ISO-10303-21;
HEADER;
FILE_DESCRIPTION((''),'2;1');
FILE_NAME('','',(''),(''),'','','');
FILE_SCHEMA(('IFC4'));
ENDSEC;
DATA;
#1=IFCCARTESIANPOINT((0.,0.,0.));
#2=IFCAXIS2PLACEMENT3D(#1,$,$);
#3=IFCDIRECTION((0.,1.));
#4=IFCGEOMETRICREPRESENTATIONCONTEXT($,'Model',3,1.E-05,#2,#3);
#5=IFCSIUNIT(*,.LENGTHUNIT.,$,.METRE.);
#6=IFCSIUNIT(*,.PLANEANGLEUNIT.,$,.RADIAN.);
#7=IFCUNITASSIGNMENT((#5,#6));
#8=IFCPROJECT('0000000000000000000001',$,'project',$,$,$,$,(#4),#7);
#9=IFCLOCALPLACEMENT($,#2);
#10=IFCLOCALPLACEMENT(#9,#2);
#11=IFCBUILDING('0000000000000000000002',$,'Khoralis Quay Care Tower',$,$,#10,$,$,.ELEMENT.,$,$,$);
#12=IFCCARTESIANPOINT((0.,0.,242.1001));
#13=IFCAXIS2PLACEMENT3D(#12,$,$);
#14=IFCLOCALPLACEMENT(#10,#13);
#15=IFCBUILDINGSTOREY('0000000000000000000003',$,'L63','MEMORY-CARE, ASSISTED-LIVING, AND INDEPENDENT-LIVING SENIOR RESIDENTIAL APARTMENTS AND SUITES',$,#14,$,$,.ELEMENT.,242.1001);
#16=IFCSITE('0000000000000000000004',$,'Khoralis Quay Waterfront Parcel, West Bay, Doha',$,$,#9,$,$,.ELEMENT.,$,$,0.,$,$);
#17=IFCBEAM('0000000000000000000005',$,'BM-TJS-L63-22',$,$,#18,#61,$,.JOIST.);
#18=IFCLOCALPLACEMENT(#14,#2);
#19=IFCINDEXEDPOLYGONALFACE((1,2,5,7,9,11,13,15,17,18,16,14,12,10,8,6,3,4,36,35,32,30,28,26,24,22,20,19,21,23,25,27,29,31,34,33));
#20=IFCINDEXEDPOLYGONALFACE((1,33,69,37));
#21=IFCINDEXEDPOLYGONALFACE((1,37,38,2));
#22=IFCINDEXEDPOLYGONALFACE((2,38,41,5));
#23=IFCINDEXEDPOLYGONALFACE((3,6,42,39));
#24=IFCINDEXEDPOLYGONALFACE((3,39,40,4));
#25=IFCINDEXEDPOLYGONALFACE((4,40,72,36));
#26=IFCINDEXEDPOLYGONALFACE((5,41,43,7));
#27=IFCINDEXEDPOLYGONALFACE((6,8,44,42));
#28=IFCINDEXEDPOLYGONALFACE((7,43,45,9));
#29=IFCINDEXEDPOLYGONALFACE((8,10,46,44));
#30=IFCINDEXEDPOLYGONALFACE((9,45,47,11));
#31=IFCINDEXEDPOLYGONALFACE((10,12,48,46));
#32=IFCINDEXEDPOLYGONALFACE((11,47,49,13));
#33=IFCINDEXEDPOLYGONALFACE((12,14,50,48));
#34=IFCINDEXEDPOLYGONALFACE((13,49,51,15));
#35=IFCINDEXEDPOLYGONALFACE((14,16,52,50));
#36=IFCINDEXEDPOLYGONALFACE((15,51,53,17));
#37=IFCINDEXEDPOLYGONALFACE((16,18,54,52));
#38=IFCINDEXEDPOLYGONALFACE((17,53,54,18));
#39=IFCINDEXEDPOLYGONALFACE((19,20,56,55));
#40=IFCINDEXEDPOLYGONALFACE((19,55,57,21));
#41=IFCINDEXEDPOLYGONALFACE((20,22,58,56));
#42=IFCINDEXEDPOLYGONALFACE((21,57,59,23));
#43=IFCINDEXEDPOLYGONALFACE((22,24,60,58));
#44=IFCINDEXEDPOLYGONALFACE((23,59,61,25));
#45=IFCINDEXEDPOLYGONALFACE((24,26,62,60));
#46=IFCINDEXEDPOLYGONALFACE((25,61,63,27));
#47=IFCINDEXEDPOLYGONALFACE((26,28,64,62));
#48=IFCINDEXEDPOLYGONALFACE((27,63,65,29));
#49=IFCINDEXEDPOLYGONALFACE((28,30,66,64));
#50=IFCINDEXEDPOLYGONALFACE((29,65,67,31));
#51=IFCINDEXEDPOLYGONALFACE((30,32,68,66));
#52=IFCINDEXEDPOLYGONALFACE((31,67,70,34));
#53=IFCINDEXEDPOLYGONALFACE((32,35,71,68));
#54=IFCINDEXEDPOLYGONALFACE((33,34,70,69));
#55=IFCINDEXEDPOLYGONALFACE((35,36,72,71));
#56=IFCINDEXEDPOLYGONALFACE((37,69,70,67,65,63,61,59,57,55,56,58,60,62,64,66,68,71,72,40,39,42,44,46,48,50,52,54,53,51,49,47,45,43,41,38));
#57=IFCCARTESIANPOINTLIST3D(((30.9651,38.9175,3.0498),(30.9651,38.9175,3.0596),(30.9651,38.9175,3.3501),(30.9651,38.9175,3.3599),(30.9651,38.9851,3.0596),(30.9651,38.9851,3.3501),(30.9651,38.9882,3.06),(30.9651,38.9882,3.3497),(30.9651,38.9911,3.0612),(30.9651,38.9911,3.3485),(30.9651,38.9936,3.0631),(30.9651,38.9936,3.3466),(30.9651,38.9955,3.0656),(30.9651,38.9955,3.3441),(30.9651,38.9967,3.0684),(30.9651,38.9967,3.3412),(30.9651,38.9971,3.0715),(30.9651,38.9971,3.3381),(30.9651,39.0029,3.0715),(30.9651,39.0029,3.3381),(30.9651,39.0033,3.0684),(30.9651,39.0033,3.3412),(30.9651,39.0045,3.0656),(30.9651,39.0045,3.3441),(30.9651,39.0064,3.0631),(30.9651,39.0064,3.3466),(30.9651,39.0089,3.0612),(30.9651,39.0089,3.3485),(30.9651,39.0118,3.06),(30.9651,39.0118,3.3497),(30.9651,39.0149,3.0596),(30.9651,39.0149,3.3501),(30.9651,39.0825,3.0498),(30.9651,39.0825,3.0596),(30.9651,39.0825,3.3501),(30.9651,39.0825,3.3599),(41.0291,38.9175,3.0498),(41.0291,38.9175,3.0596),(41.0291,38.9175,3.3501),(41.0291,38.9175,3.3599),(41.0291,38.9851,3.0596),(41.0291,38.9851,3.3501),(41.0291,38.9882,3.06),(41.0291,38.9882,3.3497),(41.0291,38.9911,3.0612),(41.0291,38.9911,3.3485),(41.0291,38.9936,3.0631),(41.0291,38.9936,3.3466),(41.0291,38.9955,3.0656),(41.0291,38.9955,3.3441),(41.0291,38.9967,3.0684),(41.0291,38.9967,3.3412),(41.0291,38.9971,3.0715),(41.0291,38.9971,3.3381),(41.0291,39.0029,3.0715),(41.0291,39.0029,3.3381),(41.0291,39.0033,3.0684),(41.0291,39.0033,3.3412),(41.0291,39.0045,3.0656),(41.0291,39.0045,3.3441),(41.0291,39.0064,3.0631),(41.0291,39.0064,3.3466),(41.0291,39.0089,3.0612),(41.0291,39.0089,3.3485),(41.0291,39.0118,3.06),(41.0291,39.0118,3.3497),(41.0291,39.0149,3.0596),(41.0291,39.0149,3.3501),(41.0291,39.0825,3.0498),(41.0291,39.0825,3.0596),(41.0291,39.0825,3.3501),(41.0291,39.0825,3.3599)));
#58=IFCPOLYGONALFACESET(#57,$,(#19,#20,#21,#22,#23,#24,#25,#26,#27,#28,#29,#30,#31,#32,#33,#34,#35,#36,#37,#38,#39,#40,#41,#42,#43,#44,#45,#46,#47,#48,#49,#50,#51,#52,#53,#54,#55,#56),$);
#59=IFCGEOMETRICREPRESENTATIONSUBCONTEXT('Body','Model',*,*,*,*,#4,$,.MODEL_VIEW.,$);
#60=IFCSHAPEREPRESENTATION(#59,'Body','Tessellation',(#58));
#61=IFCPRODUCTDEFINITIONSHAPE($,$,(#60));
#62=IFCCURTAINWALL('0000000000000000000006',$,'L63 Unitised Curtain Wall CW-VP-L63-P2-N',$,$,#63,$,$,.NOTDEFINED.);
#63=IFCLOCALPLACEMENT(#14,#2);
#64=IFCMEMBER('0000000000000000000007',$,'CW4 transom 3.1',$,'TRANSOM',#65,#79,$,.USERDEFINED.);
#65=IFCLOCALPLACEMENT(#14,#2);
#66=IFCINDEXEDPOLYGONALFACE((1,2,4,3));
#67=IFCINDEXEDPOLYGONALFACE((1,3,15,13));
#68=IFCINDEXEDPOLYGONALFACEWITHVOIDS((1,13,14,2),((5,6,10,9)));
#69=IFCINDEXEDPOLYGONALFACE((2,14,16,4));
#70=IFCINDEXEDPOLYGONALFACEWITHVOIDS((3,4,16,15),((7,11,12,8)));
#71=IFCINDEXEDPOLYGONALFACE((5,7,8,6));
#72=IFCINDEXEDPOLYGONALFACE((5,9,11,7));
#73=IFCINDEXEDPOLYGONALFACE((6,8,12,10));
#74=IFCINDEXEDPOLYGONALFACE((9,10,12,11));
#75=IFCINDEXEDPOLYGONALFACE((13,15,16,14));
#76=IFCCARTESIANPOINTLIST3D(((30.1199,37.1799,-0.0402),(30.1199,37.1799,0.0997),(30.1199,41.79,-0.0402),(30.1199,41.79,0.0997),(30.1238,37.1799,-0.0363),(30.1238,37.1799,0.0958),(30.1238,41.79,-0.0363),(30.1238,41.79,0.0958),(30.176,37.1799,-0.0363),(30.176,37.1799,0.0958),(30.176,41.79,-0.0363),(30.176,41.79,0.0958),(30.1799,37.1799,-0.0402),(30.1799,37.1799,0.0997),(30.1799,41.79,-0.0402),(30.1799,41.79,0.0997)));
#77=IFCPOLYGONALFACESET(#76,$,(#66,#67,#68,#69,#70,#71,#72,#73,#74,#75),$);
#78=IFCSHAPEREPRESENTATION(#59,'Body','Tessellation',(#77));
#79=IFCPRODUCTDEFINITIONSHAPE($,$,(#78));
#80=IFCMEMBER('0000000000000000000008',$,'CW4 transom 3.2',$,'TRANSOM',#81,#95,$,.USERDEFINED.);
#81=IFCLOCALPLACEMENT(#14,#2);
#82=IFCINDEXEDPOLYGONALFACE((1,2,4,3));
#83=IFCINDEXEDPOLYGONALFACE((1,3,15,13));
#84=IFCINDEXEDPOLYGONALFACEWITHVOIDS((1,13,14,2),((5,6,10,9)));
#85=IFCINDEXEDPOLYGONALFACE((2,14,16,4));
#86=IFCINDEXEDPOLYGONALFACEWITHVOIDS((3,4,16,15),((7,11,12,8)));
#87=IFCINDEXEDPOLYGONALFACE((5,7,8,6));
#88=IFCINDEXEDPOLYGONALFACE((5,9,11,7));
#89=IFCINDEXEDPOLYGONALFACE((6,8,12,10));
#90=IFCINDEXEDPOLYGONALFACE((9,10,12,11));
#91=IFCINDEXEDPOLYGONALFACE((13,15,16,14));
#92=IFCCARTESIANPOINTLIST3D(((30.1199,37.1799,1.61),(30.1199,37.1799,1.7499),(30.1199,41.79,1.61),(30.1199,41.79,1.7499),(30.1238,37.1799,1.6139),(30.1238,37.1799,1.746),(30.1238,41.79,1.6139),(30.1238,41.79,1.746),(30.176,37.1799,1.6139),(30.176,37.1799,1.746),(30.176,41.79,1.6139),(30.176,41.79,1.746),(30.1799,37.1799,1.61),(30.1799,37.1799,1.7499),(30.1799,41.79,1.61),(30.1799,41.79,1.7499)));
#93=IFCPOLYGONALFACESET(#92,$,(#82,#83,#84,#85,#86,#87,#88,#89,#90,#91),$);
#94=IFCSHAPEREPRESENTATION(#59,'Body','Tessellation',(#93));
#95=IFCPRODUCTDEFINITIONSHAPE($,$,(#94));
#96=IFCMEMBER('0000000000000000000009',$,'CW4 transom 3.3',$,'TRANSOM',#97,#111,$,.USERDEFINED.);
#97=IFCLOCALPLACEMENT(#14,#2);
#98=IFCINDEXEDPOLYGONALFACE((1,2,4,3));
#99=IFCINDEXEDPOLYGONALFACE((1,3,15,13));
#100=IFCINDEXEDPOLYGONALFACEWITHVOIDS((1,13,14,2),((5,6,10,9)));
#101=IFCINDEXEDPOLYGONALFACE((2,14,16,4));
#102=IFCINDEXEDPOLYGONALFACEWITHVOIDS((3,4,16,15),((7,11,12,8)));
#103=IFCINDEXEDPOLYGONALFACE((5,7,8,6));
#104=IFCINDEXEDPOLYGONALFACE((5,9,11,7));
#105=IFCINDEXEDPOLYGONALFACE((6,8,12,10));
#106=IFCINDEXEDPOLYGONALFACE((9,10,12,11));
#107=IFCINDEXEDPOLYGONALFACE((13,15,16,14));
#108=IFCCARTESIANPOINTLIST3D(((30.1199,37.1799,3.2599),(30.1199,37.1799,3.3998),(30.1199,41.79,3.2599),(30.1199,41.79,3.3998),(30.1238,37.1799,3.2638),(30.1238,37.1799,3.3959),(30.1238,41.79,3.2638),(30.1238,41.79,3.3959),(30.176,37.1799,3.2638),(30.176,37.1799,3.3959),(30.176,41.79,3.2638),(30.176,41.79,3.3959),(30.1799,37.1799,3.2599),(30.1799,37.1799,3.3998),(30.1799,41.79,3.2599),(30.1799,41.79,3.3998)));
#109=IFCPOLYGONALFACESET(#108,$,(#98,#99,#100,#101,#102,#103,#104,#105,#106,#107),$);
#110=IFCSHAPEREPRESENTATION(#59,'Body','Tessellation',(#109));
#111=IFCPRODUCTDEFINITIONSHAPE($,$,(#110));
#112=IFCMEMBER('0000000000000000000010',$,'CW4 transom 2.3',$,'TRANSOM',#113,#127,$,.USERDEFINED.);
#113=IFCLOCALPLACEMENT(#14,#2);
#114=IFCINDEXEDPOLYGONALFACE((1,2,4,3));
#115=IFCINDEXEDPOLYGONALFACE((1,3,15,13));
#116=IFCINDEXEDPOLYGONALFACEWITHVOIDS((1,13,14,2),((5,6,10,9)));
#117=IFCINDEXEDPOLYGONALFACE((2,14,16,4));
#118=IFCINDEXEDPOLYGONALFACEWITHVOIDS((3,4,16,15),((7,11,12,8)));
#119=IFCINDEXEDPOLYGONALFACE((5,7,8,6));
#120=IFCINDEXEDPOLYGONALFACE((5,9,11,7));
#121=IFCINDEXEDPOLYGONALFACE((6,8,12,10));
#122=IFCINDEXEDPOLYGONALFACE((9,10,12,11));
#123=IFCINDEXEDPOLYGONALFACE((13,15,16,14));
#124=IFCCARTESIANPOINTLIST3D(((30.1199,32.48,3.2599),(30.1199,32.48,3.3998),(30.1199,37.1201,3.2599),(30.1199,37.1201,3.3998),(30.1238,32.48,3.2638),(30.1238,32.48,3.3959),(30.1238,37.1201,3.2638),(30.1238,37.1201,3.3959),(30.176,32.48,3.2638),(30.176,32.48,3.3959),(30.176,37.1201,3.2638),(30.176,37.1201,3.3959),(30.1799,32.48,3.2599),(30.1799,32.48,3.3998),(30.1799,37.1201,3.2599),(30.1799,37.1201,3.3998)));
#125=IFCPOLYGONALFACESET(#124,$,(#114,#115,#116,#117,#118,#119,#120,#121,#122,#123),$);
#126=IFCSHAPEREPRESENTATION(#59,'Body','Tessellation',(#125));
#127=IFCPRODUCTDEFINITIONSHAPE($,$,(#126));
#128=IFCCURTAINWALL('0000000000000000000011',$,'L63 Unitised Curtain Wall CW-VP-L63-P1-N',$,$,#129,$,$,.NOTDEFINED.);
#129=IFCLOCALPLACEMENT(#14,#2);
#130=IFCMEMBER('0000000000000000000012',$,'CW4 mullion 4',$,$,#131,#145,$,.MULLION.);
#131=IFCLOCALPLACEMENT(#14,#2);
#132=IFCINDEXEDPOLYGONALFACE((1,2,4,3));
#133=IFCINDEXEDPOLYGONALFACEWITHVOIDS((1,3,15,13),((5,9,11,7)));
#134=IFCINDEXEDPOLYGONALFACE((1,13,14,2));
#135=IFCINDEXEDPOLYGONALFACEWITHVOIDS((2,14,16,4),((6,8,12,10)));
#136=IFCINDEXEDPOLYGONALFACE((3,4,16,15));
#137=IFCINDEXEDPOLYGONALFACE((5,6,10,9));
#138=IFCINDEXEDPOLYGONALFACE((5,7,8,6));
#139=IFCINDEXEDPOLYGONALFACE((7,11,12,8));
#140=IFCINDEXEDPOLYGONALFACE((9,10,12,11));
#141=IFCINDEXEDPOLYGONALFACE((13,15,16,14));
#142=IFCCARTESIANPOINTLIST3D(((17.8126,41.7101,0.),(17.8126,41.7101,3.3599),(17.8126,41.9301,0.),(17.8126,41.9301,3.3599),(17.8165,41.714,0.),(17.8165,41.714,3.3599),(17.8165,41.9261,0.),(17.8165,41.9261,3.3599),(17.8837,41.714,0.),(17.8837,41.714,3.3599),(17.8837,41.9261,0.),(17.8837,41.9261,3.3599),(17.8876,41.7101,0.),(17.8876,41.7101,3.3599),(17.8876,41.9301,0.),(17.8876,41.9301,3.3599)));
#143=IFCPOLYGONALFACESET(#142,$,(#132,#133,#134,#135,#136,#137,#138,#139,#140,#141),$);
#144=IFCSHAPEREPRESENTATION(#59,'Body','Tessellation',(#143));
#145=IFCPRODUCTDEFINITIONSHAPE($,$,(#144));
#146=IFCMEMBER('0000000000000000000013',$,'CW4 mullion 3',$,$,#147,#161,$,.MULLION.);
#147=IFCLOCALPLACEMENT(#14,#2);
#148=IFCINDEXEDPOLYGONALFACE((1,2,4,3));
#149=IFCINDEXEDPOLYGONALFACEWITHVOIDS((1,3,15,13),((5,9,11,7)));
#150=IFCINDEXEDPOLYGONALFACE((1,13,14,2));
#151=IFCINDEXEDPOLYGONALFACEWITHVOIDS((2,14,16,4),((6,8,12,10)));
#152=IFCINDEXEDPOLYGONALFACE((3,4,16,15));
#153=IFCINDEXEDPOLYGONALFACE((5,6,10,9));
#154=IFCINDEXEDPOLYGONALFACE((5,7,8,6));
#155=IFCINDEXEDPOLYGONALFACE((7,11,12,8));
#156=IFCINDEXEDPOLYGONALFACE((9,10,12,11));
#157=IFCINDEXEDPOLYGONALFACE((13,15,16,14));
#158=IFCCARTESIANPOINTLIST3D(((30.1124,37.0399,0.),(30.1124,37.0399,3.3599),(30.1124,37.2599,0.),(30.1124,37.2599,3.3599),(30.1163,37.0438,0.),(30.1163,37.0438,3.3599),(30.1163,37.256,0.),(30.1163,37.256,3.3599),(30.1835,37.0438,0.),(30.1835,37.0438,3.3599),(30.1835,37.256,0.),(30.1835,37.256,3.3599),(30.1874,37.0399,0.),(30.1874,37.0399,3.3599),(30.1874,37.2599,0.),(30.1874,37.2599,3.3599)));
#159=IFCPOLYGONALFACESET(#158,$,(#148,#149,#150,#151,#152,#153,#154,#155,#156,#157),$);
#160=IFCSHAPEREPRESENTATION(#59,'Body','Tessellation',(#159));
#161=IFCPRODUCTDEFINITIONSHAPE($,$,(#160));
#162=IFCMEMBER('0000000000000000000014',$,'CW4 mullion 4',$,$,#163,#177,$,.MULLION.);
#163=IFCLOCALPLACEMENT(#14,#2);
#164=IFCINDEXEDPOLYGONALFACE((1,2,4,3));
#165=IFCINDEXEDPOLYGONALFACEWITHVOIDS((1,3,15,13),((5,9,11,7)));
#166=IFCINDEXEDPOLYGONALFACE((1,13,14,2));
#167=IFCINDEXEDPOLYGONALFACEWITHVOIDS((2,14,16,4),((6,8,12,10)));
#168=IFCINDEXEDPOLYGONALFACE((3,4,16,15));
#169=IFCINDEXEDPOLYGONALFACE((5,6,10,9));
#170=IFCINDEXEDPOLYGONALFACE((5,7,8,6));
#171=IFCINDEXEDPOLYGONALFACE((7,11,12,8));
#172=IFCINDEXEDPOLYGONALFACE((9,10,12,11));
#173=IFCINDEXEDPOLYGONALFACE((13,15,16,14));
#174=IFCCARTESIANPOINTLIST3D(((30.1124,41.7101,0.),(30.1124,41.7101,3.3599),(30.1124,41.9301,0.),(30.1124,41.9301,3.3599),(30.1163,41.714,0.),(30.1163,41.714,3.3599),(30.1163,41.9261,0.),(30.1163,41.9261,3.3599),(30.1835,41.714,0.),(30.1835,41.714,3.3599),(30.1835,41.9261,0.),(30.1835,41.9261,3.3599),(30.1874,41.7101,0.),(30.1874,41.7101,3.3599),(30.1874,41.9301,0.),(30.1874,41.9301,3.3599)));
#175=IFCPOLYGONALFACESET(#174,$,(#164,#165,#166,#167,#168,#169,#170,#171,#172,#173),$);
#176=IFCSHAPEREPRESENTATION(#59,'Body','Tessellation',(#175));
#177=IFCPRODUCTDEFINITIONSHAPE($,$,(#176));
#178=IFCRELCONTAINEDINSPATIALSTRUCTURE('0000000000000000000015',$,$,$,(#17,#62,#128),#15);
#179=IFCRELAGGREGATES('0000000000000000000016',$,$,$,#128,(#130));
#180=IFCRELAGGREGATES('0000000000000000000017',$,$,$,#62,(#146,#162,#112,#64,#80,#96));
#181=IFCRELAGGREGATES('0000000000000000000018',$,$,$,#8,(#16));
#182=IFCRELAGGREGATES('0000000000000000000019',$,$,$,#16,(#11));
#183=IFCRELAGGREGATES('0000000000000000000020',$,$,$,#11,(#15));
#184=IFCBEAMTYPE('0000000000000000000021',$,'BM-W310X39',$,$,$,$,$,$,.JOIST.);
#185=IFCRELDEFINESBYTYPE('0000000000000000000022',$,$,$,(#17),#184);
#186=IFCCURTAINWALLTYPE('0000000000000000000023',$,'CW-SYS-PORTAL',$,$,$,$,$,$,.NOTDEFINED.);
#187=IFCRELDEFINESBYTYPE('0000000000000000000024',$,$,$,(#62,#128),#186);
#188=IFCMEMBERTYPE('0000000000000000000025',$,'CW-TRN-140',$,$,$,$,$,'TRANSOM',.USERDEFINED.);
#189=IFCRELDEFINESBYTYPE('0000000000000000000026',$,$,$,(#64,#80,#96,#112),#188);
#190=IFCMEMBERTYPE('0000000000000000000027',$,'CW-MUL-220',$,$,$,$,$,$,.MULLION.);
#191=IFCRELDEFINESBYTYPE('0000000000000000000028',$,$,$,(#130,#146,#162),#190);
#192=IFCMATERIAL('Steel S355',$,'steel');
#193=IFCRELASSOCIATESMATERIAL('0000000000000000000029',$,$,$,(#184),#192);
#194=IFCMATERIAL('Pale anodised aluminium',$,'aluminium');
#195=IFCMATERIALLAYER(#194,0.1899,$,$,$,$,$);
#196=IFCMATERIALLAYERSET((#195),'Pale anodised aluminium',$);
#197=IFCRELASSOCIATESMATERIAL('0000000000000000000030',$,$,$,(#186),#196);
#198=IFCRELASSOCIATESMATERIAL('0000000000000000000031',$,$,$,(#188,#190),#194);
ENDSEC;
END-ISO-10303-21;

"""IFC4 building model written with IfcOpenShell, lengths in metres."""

from ifc_helpers import new_model, si_unit, direction, frame, origin, origin_2d, place, context, subcontext, project, spatial, hollow_rectangle, i_section, extrude, source, transform, mapped, material, layer, layer_set, material_profile, profile_set, type_object, element, aggregate, save


model = new_model("IFC4")

# Units and contexts
model_context = context("Model", 3, precision=1e-05, world=origin(), true_north=direction((0.0, 1.0)))
body_context = subcontext(model_context, "Body", "Model", "MODEL_VIEW")
ifc_project = project(units=[si_unit("LENGTHUNIT", "METRE"), si_unit("PLANEANGLEUNIT", "RADIAN")], contexts=[model_context])

# Site, building, storey
site_placement = place(None, origin())
site = spatial("IfcSite", under=ifc_project, at=site_placement, Name="Khoralis Quay Waterfront Parcel, West Bay, Doha", CompositionType="ELEMENT", RefElevation=0.0)
building_placement = place(site_placement, origin())
building = spatial("IfcBuilding", under=site, at=building_placement, Name="Khoralis Quay Care Tower", CompositionType="ELEMENT")
storey_placement = place(building_placement, frame((0.0, 0.0, 242.1001)))
storey = spatial("IfcBuildingStorey", under=building, at=storey_placement, Name="L63", Description="MEMORY-CARE, ASSISTED-LIVING, AND INDEPENDENT-LIVING SENIOR RESIDENTIAL APARTMENTS AND SUITES", CompositionType="ELEMENT", Elevation=242.1001)

# Beam
ifc_material_1 = material(Name="Steel S355", Category="steel")
ifc_material_profile_1 = material_profile(ifc_material_1, i_section(OverallWidth=0.165, OverallDepth=0.3101, WebThickness=0.0059, FlangeThickness=0.0098, FilletRadius=0.012, at=origin_2d()), Name="Steel S355")
ifc_profile_set_1 = profile_set([ifc_material_profile_1], Name="Steel S355")
beam_type_1 = type_object("IfcBeamType", Name="BM-W310X39", PredefinedType="JOIST", material=ifc_profile_set_1)
shared_shape_1 = source(origin(), body_context, "Body", "SweptSolid", [
    extrude(i_section(OverallWidth=0.165, OverallDepth=0.3101, WebThickness=0.0059, FlangeThickness=0.0098, FilletRadius=0.012, at=origin_2d()), origin(), (0.0, 0.0, 1.0), 10.064),
])
for number, where, z_axis, x_axis, name in (
    (1, (30.9651, 39.0, 3.2048), (1.0, 0.0, 0.0), (0.0, 1.0, 0.0), "BM-TJS-L63-22"),
):
    element("IfcBeam", number, at=place(storey_placement, frame(where, z_axis=z_axis, x_axis=x_axis)), inside=storey, type_object=beam_type_1, Name=name, PredefinedType="JOIST", context=body_context, shape_type="MappedRepresentation", body=[
        mapped(shared_shape_1, transform((0.0, 0.0, 0.0), scale=1.0)),
    ])

# Curtain wall, members
ifc_material_2 = material(Name="Pale anodised aluminium", Category="aluminium")
ifc_layer_1 = layer(ifc_material_2, 0.1899)
ifc_layer_set_1 = layer_set([ifc_layer_1], Name="Pale anodised aluminium")
curtain_wall_type = type_object("IfcCurtainWallType", Name="CW-SYS-PORTAL", PredefinedType="NOTDEFINED", material=ifc_layer_set_1)
curtain_wall_1_placement = place(storey_placement, origin())
curtain_wall_1 = element("IfcCurtainWall", 2, at=curtain_wall_1_placement, inside=storey, type_object=curtain_wall_type, Name="L63 Unitised Curtain Wall CW-VP-L63-P2-N", PredefinedType="NOTDEFINED")
ifc_material_profile_2 = material_profile(ifc_material_2, hollow_rectangle(XDim=0.0601, YDim=0.1399, WallThickness=0.0039, at=origin_2d()), Name="Pale anodised aluminium")
ifc_profile_set_2 = profile_set([ifc_material_profile_2], Name="Pale anodised aluminium")
member_type_1 = type_object("IfcMemberType", Name="CW-TRN-140", ElementType="TRANSOM", PredefinedType="USERDEFINED", material=ifc_profile_set_2)
shared_shape_2 = source(origin(), body_context, "Body", "SweptSolid", [
    extrude(hollow_rectangle(XDim=0.0601, YDim=0.1399, WallThickness=0.0039, at=origin_2d()), origin(), (0.0, 0.0, 1.0), 4.6101),
])
member_1_placement = place(storey_placement, frame((30.1499, 37.1799, 0.0298), z_axis=(0.0, 1.0, 0.0), x_axis=(-1.0, 0.0, 0.0)))
member_1 = element("IfcMember", 3, at=member_1_placement, type_object=member_type_1, Name="CW4 transom 3.1", ObjectType="TRANSOM", PredefinedType="USERDEFINED", context=body_context, shape_type="MappedRepresentation", body=[
    mapped(shared_shape_2, transform((0.0, 0.0, 0.0), scale=1.0)),
])
member_2_placement = place(storey_placement, frame((30.1499, 37.1799, 1.6799), z_axis=(0.0, 1.0, 0.0), x_axis=(-1.0, 0.0, 0.0)))
member_2 = element("IfcMember", 4, at=member_2_placement, type_object=member_type_1, Name="CW4 transom 3.2", ObjectType="TRANSOM", PredefinedType="USERDEFINED", context=body_context, shape_type="MappedRepresentation", body=[
    mapped(shared_shape_2, transform((0.0, 0.0, 0.0), scale=1.0)),
])
member_3_placement = place(storey_placement, frame((30.1499, 37.1799, 3.3298), z_axis=(0.0, 1.0, 0.0), x_axis=(-1.0, 0.0, 0.0)))
member_3 = element("IfcMember", 5, at=member_3_placement, type_object=member_type_1, Name="CW4 transom 3.3", ObjectType="TRANSOM", PredefinedType="USERDEFINED", context=body_context, shape_type="MappedRepresentation", body=[
    mapped(shared_shape_2, transform((0.0, 0.0, 0.0), scale=1.0)),
])
shared_shape_3 = source(origin(), body_context, "Body", "SweptSolid", [
    extrude(hollow_rectangle(XDim=0.0601, YDim=0.1399, WallThickness=0.0039, at=origin_2d()), origin(), (0.0, 0.0, 1.0), 4.6401),
])
member_4_placement = place(storey_placement, frame((30.1499, 32.48, 3.3298), z_axis=(0.0, 1.0, 0.0), x_axis=(-1.0, 0.0, 0.0)))
member_4 = element("IfcMember", 6, at=member_4_placement, type_object=member_type_1, Name="CW4 transom 2.3", ObjectType="TRANSOM", PredefinedType="USERDEFINED", context=body_context, shape_type="MappedRepresentation", body=[
    mapped(shared_shape_3, transform((0.0, 0.0, 0.0), scale=1.0)),
])

# Curtain wall, member
curtain_wall_2_placement = place(storey_placement, origin())
curtain_wall_2 = element("IfcCurtainWall", 7, at=curtain_wall_2_placement, inside=storey, type_object=curtain_wall_type, Name="L63 Unitised Curtain Wall CW-VP-L63-P1-N", PredefinedType="NOTDEFINED")
ifc_material_profile_3 = material_profile(ifc_material_2, hollow_rectangle(XDim=0.075, YDim=0.22, WallThickness=0.0039, at=origin_2d()), Name="Pale anodised aluminium")
ifc_profile_set_3 = profile_set([ifc_material_profile_3], Name="Pale anodised aluminium")
member_type_2 = type_object("IfcMemberType", Name="CW-MUL-220", PredefinedType="MULLION", material=ifc_profile_set_3)
shared_shape_4 = source(origin(), body_context, "Body", "SweptSolid", [
    extrude(hollow_rectangle(XDim=0.075, YDim=0.22, WallThickness=0.0039, at=origin_2d()), origin(), (0.0, 0.0, 1.0), 3.3599),
])
member_5_placement = place(storey_placement, frame((17.8501, 41.8201, 0.0), z_axis=(0.0, 0.0, 1.0), x_axis=(-1.0, 0.0, 0.0)))
member_5 = element("IfcMember", 8, at=member_5_placement, type_object=member_type_2, Name="CW4 mullion 4", PredefinedType="MULLION", context=body_context, shape_type="MappedRepresentation", body=[
    mapped(shared_shape_4, transform((0.0, 0.0, 0.0), scale=1.0)),
])

# Members
member_6_placement = place(storey_placement, frame((30.1499, 37.1499, 0.0), z_axis=(0.0, 0.0, 1.0), x_axis=(-1.0, 0.0, 0.0)))
member_6 = element("IfcMember", 9, at=member_6_placement, type_object=member_type_2, Name="CW4 mullion 3", PredefinedType="MULLION", context=body_context, shape_type="MappedRepresentation", body=[
    mapped(shared_shape_4, transform((0.0, 0.0, 0.0), scale=1.0)),
])
member_7_placement = place(storey_placement, frame((30.1499, 41.8201, 0.0), z_axis=(0.0, 0.0, 1.0), x_axis=(-1.0, 0.0, 0.0)))
member_7 = element("IfcMember", 10, at=member_7_placement, type_object=member_type_2, Name="CW4 mullion 4", PredefinedType="MULLION", context=body_context, shape_type="MappedRepresentation", body=[
    mapped(shared_shape_4, transform((0.0, 0.0, 0.0), scale=1.0)),
])

aggregate(curtain_wall_2, [member_5])
aggregate(curtain_wall_1, [member_6, member_7, member_4, member_1, member_2, member_3])

save(model, "model.ifc")
